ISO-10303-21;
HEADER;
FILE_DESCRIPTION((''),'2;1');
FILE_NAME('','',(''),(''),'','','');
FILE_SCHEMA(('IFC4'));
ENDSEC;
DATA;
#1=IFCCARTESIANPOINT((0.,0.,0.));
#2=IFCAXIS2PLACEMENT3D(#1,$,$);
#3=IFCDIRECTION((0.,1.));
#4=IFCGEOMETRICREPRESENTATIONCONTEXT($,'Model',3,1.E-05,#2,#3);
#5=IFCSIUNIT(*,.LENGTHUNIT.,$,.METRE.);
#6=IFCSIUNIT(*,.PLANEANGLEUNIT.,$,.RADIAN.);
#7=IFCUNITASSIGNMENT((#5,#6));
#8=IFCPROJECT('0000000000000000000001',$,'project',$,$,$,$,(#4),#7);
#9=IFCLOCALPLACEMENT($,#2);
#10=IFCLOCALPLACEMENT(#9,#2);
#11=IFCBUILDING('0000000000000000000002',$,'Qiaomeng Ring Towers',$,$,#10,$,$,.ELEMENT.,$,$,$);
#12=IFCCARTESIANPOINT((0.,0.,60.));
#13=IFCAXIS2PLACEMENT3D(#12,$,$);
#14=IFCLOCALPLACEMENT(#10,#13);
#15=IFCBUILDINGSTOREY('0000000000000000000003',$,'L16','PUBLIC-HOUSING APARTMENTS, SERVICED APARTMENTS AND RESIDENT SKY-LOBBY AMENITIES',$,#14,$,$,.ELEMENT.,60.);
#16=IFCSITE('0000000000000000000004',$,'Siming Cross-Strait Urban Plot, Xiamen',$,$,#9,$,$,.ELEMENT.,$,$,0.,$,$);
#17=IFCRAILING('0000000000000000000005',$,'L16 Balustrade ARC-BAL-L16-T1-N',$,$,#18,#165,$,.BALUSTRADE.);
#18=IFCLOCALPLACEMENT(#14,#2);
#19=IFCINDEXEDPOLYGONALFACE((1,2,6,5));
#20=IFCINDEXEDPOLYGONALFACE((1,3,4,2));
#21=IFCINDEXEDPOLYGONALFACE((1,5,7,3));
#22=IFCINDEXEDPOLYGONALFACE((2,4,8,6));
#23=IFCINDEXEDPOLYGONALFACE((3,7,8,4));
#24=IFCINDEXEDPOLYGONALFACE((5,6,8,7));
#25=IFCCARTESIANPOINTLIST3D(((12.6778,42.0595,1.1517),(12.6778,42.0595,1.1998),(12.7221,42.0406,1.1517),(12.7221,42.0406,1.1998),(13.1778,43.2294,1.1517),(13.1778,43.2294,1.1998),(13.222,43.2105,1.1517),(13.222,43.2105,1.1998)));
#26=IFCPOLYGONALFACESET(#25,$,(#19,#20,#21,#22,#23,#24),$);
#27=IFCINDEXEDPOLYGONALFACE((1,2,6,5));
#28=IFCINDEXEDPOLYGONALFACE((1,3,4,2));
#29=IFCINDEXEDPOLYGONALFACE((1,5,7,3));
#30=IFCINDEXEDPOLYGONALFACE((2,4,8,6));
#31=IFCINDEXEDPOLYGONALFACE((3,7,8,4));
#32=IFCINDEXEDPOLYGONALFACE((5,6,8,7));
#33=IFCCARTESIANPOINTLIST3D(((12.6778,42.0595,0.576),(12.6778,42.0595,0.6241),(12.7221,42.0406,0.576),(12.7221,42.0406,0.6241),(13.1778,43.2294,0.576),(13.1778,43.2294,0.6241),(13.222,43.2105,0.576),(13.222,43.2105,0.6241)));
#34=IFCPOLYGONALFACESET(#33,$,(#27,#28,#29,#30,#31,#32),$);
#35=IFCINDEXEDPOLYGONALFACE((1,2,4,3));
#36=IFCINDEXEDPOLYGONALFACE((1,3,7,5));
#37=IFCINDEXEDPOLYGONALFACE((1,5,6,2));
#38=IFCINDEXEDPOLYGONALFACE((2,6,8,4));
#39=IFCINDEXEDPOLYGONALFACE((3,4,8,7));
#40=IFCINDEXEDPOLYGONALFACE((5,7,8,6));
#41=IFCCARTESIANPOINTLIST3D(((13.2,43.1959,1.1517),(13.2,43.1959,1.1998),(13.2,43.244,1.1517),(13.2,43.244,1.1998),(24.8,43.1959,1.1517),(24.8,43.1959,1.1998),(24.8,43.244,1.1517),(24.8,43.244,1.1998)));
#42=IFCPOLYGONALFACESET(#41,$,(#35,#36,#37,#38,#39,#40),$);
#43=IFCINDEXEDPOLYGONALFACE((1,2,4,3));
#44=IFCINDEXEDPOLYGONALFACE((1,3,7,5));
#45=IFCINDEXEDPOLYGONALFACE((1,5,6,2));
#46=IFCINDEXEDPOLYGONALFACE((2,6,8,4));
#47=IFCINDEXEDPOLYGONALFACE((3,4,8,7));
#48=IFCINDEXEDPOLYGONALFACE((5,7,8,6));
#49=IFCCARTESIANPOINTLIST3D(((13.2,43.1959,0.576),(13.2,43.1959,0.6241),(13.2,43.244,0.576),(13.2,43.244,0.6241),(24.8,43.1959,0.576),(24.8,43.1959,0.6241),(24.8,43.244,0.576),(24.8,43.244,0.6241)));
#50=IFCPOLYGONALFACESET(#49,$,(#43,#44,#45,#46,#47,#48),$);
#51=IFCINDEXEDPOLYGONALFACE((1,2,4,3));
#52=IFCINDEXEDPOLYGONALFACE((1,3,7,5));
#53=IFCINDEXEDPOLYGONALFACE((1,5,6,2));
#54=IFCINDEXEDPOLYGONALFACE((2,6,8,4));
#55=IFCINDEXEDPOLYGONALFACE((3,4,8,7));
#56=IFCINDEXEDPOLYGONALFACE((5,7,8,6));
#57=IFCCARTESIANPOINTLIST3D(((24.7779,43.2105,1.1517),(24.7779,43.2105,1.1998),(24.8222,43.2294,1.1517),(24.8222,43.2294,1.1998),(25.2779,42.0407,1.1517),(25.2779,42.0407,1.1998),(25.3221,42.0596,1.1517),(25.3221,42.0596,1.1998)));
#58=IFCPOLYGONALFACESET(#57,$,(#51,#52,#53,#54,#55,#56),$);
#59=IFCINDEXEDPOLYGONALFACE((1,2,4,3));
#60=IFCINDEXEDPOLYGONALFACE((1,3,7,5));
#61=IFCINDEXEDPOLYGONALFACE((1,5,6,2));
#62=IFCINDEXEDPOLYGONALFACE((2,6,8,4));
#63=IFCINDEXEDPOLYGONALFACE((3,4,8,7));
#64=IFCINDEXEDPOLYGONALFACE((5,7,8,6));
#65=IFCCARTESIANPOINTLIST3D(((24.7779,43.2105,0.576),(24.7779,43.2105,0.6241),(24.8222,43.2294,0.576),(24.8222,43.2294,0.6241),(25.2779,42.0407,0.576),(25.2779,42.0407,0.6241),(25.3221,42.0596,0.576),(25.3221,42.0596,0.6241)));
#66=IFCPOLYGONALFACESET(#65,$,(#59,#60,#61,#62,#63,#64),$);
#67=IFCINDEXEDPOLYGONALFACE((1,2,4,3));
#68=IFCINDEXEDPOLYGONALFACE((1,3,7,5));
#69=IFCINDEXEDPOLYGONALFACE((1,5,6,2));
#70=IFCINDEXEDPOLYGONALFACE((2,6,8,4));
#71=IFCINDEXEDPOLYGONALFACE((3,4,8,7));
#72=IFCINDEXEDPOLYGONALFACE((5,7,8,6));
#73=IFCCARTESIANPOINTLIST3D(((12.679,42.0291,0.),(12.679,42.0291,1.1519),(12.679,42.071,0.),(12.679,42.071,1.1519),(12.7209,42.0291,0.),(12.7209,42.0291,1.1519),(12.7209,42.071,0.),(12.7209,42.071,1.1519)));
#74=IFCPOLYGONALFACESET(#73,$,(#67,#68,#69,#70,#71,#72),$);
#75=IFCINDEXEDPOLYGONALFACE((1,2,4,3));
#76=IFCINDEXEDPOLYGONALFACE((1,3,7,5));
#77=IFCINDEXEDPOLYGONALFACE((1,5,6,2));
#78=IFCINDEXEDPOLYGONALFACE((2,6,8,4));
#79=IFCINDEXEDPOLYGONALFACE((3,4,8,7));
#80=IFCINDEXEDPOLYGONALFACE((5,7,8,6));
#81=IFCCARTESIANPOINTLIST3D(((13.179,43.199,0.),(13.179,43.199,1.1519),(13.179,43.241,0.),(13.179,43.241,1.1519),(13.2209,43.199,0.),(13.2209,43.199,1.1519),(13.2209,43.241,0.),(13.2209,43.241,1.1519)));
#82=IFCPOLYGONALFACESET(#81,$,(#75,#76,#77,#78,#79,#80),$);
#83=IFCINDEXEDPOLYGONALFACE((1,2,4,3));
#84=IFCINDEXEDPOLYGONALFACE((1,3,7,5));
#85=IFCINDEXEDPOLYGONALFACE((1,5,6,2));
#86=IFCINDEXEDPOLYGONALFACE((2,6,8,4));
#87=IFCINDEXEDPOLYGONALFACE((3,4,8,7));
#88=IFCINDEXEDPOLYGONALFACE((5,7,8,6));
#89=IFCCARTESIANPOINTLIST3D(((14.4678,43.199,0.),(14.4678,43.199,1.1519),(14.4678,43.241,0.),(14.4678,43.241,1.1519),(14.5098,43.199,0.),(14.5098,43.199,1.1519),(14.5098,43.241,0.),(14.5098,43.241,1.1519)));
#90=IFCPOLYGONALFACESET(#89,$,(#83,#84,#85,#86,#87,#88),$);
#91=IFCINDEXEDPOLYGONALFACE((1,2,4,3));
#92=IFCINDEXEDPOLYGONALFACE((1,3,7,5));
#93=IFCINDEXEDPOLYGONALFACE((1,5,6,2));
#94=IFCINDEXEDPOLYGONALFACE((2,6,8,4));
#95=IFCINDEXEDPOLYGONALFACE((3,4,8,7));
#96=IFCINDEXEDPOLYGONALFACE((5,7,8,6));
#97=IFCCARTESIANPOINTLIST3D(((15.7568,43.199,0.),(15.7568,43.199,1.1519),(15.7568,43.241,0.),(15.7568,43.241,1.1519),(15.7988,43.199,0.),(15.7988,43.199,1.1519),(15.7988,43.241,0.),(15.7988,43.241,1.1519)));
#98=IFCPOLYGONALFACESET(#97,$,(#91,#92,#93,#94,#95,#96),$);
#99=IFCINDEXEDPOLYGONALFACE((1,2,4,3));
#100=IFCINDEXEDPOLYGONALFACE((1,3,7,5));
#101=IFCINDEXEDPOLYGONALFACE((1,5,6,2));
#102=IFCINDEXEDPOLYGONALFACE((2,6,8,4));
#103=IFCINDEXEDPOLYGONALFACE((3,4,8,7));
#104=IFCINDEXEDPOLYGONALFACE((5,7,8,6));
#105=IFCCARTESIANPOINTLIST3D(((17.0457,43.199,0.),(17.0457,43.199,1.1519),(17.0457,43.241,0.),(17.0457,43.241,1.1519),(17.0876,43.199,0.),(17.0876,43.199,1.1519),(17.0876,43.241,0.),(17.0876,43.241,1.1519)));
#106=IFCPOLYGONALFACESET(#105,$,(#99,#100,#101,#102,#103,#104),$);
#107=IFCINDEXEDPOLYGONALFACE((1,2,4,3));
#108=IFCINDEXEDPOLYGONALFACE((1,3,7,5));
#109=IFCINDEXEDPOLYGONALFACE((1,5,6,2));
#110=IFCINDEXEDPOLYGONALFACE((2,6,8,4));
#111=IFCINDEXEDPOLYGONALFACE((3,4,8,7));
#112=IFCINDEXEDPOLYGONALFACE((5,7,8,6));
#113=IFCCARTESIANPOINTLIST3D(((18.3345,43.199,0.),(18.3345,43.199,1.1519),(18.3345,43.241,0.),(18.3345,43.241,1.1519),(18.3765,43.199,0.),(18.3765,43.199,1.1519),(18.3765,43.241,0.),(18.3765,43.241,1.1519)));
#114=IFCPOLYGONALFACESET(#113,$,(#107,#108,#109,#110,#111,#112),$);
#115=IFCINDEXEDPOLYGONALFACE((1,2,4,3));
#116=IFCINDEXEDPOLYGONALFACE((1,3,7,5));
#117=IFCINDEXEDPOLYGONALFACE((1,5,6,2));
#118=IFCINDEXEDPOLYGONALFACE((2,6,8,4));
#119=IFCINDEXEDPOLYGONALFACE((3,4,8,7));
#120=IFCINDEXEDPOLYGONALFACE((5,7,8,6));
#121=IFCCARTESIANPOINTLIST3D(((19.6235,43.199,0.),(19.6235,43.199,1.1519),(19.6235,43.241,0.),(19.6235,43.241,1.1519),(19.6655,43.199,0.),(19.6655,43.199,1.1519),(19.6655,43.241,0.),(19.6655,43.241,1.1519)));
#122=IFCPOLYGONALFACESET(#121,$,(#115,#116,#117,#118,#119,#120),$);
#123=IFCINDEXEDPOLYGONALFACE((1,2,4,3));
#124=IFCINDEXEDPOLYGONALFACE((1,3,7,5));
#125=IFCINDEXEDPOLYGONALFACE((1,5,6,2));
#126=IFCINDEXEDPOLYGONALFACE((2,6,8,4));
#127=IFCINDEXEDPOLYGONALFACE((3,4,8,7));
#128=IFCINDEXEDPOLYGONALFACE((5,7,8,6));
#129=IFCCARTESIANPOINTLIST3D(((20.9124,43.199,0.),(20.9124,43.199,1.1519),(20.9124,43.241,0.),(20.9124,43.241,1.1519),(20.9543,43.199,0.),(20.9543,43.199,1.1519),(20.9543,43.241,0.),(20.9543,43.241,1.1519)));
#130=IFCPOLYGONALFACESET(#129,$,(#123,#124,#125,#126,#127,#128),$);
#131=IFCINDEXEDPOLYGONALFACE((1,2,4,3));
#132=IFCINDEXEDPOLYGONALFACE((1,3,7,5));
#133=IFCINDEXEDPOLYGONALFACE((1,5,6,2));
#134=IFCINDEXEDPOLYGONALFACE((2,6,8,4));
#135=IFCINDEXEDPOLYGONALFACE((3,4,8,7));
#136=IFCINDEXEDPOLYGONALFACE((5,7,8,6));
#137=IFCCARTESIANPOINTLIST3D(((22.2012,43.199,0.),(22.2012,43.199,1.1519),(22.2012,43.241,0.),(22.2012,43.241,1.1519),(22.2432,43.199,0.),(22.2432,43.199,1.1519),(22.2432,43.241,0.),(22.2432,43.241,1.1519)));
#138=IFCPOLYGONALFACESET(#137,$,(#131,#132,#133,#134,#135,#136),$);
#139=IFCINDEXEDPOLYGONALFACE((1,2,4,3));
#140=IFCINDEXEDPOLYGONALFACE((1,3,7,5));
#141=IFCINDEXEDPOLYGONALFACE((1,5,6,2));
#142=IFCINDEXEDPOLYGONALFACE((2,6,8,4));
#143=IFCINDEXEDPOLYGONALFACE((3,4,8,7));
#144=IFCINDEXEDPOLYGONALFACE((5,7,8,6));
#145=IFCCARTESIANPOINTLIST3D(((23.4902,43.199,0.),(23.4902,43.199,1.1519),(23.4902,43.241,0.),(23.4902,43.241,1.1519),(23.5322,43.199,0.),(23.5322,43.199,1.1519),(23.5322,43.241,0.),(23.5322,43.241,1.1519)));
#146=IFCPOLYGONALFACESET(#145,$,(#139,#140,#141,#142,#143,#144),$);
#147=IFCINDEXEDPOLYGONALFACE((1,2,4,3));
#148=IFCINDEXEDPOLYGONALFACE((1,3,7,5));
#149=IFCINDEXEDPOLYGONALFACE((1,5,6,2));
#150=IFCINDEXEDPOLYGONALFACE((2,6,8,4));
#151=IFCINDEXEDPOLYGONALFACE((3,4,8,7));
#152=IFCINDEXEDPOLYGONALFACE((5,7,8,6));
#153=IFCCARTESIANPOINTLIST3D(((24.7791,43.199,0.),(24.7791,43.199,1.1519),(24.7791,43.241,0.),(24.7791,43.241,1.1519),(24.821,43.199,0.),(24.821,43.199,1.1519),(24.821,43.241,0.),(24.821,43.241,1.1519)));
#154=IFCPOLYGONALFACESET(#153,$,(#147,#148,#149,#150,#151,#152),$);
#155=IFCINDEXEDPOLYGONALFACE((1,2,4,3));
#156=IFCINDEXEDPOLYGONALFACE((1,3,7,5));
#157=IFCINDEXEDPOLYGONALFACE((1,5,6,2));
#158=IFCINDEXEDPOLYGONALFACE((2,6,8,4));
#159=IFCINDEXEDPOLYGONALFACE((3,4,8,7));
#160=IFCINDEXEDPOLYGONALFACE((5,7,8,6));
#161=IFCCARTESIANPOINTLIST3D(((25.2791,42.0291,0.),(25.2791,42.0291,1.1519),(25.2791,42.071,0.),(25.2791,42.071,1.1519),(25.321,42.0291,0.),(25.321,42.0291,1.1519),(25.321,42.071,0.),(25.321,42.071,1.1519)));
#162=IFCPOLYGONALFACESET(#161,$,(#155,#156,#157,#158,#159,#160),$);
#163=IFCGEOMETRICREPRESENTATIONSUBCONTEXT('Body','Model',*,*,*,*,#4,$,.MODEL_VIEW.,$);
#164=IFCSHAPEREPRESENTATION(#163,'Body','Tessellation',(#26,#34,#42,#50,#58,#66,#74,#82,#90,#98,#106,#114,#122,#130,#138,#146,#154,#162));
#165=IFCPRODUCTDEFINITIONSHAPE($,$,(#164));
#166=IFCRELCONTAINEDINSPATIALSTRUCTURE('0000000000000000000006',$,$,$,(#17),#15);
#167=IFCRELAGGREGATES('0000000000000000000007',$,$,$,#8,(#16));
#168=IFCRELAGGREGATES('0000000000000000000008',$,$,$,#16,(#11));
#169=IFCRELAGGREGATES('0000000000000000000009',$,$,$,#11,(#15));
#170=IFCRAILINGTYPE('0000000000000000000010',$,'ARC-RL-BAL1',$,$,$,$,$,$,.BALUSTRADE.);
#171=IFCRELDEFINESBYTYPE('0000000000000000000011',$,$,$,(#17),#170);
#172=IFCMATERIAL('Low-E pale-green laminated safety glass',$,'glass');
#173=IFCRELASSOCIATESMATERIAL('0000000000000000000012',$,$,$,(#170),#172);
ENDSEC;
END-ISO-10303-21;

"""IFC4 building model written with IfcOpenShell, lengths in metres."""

from ifc_helpers import new_model, si_unit, direction, frame, origin, origin_2d, place, context, subcontext, project, spatial, rectangle, extrude, material, type_object, element, save


model = new_model("IFC4")

# Units and contexts
model_context = context("Model", 3, precision=1e-05, world=origin(), true_north=direction((0.0, 1.0)))
body_context = subcontext(model_context, "Body", "Model", "MODEL_VIEW")
ifc_project = project(units=[si_unit("LENGTHUNIT", "METRE"), si_unit("PLANEANGLEUNIT", "RADIAN")], contexts=[model_context])

# Site, building, storey
site_placement = place(None, origin())
site = spatial("IfcSite", under=ifc_project, at=site_placement, Name="Siming Cross-Strait Urban Plot, Xiamen", CompositionType="ELEMENT", RefElevation=0.0)
building_placement = place(site_placement, origin())
building = spatial("IfcBuilding", under=site, at=building_placement, Name="Qiaomeng Ring Towers", CompositionType="ELEMENT")
storey_placement = place(building_placement, frame((0.0, 0.0, 60.0)))
storey = spatial("IfcBuildingStorey", under=building, at=storey_placement, Name="L16", Description="PUBLIC-HOUSING APARTMENTS, SERVICED APARTMENTS AND RESIDENT SKY-LOBBY AMENITIES", CompositionType="ELEMENT", Elevation=60.0)

# Railing
ifc_material_1 = material(Name="Low-E pale-green laminated safety glass", Category="glass")
railing_type = type_object("IfcRailingType", Name="ARC-RL-BAL1", PredefinedType="BALUSTRADE", material=ifc_material_1)
railing_placement = place(storey_placement, frame((12.7, 42.05, 0.0)))
element("IfcRailing", 1, at=railing_placement, inside=storey, type_object=railing_type, Name="L16 Balustrade ARC-BAL-L16-T1-N", PredefinedType="BALUSTRADE", context=body_context, shape_type="SweptSolid", body=[
    extrude(rectangle(XDim=0.0481, YDim=0.0481, at=origin_2d()), frame((0.0, 0.0, 1.1758), z_axis=(0.392993, 0.919542, 0.0), x_axis=(-0.919542, 0.392993, 0.0)), (0.0, 0.0, 1.0), 1.2722),
    extrude(rectangle(XDim=0.0481, YDim=0.0481, at=origin_2d()), frame((0.0, 0.0, 0.6001), z_axis=(0.392993, 0.919542, 0.0), x_axis=(-0.919542, 0.392993, 0.0)), (0.0, 0.0, 1.0), 1.2722),
    extrude(rectangle(XDim=0.0481, YDim=0.0481, at=origin_2d()), frame((0.5, 1.1699, 1.1758), z_axis=(1.0, 0.0, 0.0), x_axis=(0.0, 1.0, 0.0)), (0.0, 0.0, 1.0), 11.6001),
    extrude(rectangle(XDim=0.0481, YDim=0.0481, at=origin_2d()), frame((0.5, 1.1699, 0.6001), z_axis=(1.0, 0.0, 0.0), x_axis=(0.0, 1.0, 0.0)), (0.0, 0.0, 1.0), 11.6001),
    extrude(rectangle(XDim=0.0481, YDim=0.0481, at=origin_2d()), frame((12.1001, 1.1699, 1.1758), z_axis=(0.392993, -0.919542, 0.0), x_axis=(0.919542, 0.392993, 0.0)), (0.0, 0.0, 1.0), 1.2722),
    extrude(rectangle(XDim=0.0481, YDim=0.0481, at=origin_2d()), frame((12.1001, 1.1699, 0.6001), z_axis=(0.392993, -0.919542, 0.0), x_axis=(0.919542, 0.392993, 0.0)), (0.0, 0.0, 1.0), 1.2722),
    extrude(rectangle(XDim=0.042, YDim=0.042, at=origin_2d()), origin(), (0.0, 0.0, 1.0), 1.1519),
    extrude(rectangle(XDim=0.042, YDim=0.042, at=origin_2d()), frame((0.5, 1.1699, 0.0)), (0.0, 0.0, 1.0), 1.1519),
    extrude(rectangle(XDim=0.042, YDim=0.042, at=origin_2d()), frame((1.7888, 1.1699, 0.0)), (0.0, 0.0, 1.0), 1.1519),
    extrude(rectangle(XDim=0.042, YDim=0.042, at=origin_2d()), frame((3.0779, 1.1699, 0.0)), (0.0, 0.0, 1.0), 1.1519),
    extrude(rectangle(XDim=0.042, YDim=0.042, at=origin_2d()), frame((4.3667, 1.1699, 0.0)), (0.0, 0.0, 1.0), 1.1519),
    extrude(rectangle(XDim=0.042, YDim=0.042, at=origin_2d()), frame((5.6555, 1.1699, 0.0)), (0.0, 0.0, 1.0), 1.1519),
    extrude(rectangle(XDim=0.042, YDim=0.042, at=origin_2d()), frame((6.9446, 1.1699, 0.0)), (0.0, 0.0, 1.0), 1.1519),
    extrude(rectangle(XDim=0.042, YDim=0.042, at=origin_2d()), frame((8.2334, 1.1699, 0.0)), (0.0, 0.0, 1.0), 1.1519),
    extrude(rectangle(XDim=0.042, YDim=0.042, at=origin_2d()), frame((9.5222, 1.1699, 0.0)), (0.0, 0.0, 1.0), 1.1519),
    extrude(rectangle(XDim=0.042, YDim=0.042, at=origin_2d()), frame((10.8113, 1.1699, 0.0)), (0.0, 0.0, 1.0), 1.1519),
    extrude(rectangle(XDim=0.042, YDim=0.042, at=origin_2d()), frame((12.1001, 1.1699, 0.0)), (0.0, 0.0, 1.0), 1.1519),
    extrude(rectangle(XDim=0.042, YDim=0.042, at=origin_2d()), frame((12.6001, 0.0, 0.0)), (0.0, 0.0, 1.0), 1.1519),
])

save(model, "model.ifc")
